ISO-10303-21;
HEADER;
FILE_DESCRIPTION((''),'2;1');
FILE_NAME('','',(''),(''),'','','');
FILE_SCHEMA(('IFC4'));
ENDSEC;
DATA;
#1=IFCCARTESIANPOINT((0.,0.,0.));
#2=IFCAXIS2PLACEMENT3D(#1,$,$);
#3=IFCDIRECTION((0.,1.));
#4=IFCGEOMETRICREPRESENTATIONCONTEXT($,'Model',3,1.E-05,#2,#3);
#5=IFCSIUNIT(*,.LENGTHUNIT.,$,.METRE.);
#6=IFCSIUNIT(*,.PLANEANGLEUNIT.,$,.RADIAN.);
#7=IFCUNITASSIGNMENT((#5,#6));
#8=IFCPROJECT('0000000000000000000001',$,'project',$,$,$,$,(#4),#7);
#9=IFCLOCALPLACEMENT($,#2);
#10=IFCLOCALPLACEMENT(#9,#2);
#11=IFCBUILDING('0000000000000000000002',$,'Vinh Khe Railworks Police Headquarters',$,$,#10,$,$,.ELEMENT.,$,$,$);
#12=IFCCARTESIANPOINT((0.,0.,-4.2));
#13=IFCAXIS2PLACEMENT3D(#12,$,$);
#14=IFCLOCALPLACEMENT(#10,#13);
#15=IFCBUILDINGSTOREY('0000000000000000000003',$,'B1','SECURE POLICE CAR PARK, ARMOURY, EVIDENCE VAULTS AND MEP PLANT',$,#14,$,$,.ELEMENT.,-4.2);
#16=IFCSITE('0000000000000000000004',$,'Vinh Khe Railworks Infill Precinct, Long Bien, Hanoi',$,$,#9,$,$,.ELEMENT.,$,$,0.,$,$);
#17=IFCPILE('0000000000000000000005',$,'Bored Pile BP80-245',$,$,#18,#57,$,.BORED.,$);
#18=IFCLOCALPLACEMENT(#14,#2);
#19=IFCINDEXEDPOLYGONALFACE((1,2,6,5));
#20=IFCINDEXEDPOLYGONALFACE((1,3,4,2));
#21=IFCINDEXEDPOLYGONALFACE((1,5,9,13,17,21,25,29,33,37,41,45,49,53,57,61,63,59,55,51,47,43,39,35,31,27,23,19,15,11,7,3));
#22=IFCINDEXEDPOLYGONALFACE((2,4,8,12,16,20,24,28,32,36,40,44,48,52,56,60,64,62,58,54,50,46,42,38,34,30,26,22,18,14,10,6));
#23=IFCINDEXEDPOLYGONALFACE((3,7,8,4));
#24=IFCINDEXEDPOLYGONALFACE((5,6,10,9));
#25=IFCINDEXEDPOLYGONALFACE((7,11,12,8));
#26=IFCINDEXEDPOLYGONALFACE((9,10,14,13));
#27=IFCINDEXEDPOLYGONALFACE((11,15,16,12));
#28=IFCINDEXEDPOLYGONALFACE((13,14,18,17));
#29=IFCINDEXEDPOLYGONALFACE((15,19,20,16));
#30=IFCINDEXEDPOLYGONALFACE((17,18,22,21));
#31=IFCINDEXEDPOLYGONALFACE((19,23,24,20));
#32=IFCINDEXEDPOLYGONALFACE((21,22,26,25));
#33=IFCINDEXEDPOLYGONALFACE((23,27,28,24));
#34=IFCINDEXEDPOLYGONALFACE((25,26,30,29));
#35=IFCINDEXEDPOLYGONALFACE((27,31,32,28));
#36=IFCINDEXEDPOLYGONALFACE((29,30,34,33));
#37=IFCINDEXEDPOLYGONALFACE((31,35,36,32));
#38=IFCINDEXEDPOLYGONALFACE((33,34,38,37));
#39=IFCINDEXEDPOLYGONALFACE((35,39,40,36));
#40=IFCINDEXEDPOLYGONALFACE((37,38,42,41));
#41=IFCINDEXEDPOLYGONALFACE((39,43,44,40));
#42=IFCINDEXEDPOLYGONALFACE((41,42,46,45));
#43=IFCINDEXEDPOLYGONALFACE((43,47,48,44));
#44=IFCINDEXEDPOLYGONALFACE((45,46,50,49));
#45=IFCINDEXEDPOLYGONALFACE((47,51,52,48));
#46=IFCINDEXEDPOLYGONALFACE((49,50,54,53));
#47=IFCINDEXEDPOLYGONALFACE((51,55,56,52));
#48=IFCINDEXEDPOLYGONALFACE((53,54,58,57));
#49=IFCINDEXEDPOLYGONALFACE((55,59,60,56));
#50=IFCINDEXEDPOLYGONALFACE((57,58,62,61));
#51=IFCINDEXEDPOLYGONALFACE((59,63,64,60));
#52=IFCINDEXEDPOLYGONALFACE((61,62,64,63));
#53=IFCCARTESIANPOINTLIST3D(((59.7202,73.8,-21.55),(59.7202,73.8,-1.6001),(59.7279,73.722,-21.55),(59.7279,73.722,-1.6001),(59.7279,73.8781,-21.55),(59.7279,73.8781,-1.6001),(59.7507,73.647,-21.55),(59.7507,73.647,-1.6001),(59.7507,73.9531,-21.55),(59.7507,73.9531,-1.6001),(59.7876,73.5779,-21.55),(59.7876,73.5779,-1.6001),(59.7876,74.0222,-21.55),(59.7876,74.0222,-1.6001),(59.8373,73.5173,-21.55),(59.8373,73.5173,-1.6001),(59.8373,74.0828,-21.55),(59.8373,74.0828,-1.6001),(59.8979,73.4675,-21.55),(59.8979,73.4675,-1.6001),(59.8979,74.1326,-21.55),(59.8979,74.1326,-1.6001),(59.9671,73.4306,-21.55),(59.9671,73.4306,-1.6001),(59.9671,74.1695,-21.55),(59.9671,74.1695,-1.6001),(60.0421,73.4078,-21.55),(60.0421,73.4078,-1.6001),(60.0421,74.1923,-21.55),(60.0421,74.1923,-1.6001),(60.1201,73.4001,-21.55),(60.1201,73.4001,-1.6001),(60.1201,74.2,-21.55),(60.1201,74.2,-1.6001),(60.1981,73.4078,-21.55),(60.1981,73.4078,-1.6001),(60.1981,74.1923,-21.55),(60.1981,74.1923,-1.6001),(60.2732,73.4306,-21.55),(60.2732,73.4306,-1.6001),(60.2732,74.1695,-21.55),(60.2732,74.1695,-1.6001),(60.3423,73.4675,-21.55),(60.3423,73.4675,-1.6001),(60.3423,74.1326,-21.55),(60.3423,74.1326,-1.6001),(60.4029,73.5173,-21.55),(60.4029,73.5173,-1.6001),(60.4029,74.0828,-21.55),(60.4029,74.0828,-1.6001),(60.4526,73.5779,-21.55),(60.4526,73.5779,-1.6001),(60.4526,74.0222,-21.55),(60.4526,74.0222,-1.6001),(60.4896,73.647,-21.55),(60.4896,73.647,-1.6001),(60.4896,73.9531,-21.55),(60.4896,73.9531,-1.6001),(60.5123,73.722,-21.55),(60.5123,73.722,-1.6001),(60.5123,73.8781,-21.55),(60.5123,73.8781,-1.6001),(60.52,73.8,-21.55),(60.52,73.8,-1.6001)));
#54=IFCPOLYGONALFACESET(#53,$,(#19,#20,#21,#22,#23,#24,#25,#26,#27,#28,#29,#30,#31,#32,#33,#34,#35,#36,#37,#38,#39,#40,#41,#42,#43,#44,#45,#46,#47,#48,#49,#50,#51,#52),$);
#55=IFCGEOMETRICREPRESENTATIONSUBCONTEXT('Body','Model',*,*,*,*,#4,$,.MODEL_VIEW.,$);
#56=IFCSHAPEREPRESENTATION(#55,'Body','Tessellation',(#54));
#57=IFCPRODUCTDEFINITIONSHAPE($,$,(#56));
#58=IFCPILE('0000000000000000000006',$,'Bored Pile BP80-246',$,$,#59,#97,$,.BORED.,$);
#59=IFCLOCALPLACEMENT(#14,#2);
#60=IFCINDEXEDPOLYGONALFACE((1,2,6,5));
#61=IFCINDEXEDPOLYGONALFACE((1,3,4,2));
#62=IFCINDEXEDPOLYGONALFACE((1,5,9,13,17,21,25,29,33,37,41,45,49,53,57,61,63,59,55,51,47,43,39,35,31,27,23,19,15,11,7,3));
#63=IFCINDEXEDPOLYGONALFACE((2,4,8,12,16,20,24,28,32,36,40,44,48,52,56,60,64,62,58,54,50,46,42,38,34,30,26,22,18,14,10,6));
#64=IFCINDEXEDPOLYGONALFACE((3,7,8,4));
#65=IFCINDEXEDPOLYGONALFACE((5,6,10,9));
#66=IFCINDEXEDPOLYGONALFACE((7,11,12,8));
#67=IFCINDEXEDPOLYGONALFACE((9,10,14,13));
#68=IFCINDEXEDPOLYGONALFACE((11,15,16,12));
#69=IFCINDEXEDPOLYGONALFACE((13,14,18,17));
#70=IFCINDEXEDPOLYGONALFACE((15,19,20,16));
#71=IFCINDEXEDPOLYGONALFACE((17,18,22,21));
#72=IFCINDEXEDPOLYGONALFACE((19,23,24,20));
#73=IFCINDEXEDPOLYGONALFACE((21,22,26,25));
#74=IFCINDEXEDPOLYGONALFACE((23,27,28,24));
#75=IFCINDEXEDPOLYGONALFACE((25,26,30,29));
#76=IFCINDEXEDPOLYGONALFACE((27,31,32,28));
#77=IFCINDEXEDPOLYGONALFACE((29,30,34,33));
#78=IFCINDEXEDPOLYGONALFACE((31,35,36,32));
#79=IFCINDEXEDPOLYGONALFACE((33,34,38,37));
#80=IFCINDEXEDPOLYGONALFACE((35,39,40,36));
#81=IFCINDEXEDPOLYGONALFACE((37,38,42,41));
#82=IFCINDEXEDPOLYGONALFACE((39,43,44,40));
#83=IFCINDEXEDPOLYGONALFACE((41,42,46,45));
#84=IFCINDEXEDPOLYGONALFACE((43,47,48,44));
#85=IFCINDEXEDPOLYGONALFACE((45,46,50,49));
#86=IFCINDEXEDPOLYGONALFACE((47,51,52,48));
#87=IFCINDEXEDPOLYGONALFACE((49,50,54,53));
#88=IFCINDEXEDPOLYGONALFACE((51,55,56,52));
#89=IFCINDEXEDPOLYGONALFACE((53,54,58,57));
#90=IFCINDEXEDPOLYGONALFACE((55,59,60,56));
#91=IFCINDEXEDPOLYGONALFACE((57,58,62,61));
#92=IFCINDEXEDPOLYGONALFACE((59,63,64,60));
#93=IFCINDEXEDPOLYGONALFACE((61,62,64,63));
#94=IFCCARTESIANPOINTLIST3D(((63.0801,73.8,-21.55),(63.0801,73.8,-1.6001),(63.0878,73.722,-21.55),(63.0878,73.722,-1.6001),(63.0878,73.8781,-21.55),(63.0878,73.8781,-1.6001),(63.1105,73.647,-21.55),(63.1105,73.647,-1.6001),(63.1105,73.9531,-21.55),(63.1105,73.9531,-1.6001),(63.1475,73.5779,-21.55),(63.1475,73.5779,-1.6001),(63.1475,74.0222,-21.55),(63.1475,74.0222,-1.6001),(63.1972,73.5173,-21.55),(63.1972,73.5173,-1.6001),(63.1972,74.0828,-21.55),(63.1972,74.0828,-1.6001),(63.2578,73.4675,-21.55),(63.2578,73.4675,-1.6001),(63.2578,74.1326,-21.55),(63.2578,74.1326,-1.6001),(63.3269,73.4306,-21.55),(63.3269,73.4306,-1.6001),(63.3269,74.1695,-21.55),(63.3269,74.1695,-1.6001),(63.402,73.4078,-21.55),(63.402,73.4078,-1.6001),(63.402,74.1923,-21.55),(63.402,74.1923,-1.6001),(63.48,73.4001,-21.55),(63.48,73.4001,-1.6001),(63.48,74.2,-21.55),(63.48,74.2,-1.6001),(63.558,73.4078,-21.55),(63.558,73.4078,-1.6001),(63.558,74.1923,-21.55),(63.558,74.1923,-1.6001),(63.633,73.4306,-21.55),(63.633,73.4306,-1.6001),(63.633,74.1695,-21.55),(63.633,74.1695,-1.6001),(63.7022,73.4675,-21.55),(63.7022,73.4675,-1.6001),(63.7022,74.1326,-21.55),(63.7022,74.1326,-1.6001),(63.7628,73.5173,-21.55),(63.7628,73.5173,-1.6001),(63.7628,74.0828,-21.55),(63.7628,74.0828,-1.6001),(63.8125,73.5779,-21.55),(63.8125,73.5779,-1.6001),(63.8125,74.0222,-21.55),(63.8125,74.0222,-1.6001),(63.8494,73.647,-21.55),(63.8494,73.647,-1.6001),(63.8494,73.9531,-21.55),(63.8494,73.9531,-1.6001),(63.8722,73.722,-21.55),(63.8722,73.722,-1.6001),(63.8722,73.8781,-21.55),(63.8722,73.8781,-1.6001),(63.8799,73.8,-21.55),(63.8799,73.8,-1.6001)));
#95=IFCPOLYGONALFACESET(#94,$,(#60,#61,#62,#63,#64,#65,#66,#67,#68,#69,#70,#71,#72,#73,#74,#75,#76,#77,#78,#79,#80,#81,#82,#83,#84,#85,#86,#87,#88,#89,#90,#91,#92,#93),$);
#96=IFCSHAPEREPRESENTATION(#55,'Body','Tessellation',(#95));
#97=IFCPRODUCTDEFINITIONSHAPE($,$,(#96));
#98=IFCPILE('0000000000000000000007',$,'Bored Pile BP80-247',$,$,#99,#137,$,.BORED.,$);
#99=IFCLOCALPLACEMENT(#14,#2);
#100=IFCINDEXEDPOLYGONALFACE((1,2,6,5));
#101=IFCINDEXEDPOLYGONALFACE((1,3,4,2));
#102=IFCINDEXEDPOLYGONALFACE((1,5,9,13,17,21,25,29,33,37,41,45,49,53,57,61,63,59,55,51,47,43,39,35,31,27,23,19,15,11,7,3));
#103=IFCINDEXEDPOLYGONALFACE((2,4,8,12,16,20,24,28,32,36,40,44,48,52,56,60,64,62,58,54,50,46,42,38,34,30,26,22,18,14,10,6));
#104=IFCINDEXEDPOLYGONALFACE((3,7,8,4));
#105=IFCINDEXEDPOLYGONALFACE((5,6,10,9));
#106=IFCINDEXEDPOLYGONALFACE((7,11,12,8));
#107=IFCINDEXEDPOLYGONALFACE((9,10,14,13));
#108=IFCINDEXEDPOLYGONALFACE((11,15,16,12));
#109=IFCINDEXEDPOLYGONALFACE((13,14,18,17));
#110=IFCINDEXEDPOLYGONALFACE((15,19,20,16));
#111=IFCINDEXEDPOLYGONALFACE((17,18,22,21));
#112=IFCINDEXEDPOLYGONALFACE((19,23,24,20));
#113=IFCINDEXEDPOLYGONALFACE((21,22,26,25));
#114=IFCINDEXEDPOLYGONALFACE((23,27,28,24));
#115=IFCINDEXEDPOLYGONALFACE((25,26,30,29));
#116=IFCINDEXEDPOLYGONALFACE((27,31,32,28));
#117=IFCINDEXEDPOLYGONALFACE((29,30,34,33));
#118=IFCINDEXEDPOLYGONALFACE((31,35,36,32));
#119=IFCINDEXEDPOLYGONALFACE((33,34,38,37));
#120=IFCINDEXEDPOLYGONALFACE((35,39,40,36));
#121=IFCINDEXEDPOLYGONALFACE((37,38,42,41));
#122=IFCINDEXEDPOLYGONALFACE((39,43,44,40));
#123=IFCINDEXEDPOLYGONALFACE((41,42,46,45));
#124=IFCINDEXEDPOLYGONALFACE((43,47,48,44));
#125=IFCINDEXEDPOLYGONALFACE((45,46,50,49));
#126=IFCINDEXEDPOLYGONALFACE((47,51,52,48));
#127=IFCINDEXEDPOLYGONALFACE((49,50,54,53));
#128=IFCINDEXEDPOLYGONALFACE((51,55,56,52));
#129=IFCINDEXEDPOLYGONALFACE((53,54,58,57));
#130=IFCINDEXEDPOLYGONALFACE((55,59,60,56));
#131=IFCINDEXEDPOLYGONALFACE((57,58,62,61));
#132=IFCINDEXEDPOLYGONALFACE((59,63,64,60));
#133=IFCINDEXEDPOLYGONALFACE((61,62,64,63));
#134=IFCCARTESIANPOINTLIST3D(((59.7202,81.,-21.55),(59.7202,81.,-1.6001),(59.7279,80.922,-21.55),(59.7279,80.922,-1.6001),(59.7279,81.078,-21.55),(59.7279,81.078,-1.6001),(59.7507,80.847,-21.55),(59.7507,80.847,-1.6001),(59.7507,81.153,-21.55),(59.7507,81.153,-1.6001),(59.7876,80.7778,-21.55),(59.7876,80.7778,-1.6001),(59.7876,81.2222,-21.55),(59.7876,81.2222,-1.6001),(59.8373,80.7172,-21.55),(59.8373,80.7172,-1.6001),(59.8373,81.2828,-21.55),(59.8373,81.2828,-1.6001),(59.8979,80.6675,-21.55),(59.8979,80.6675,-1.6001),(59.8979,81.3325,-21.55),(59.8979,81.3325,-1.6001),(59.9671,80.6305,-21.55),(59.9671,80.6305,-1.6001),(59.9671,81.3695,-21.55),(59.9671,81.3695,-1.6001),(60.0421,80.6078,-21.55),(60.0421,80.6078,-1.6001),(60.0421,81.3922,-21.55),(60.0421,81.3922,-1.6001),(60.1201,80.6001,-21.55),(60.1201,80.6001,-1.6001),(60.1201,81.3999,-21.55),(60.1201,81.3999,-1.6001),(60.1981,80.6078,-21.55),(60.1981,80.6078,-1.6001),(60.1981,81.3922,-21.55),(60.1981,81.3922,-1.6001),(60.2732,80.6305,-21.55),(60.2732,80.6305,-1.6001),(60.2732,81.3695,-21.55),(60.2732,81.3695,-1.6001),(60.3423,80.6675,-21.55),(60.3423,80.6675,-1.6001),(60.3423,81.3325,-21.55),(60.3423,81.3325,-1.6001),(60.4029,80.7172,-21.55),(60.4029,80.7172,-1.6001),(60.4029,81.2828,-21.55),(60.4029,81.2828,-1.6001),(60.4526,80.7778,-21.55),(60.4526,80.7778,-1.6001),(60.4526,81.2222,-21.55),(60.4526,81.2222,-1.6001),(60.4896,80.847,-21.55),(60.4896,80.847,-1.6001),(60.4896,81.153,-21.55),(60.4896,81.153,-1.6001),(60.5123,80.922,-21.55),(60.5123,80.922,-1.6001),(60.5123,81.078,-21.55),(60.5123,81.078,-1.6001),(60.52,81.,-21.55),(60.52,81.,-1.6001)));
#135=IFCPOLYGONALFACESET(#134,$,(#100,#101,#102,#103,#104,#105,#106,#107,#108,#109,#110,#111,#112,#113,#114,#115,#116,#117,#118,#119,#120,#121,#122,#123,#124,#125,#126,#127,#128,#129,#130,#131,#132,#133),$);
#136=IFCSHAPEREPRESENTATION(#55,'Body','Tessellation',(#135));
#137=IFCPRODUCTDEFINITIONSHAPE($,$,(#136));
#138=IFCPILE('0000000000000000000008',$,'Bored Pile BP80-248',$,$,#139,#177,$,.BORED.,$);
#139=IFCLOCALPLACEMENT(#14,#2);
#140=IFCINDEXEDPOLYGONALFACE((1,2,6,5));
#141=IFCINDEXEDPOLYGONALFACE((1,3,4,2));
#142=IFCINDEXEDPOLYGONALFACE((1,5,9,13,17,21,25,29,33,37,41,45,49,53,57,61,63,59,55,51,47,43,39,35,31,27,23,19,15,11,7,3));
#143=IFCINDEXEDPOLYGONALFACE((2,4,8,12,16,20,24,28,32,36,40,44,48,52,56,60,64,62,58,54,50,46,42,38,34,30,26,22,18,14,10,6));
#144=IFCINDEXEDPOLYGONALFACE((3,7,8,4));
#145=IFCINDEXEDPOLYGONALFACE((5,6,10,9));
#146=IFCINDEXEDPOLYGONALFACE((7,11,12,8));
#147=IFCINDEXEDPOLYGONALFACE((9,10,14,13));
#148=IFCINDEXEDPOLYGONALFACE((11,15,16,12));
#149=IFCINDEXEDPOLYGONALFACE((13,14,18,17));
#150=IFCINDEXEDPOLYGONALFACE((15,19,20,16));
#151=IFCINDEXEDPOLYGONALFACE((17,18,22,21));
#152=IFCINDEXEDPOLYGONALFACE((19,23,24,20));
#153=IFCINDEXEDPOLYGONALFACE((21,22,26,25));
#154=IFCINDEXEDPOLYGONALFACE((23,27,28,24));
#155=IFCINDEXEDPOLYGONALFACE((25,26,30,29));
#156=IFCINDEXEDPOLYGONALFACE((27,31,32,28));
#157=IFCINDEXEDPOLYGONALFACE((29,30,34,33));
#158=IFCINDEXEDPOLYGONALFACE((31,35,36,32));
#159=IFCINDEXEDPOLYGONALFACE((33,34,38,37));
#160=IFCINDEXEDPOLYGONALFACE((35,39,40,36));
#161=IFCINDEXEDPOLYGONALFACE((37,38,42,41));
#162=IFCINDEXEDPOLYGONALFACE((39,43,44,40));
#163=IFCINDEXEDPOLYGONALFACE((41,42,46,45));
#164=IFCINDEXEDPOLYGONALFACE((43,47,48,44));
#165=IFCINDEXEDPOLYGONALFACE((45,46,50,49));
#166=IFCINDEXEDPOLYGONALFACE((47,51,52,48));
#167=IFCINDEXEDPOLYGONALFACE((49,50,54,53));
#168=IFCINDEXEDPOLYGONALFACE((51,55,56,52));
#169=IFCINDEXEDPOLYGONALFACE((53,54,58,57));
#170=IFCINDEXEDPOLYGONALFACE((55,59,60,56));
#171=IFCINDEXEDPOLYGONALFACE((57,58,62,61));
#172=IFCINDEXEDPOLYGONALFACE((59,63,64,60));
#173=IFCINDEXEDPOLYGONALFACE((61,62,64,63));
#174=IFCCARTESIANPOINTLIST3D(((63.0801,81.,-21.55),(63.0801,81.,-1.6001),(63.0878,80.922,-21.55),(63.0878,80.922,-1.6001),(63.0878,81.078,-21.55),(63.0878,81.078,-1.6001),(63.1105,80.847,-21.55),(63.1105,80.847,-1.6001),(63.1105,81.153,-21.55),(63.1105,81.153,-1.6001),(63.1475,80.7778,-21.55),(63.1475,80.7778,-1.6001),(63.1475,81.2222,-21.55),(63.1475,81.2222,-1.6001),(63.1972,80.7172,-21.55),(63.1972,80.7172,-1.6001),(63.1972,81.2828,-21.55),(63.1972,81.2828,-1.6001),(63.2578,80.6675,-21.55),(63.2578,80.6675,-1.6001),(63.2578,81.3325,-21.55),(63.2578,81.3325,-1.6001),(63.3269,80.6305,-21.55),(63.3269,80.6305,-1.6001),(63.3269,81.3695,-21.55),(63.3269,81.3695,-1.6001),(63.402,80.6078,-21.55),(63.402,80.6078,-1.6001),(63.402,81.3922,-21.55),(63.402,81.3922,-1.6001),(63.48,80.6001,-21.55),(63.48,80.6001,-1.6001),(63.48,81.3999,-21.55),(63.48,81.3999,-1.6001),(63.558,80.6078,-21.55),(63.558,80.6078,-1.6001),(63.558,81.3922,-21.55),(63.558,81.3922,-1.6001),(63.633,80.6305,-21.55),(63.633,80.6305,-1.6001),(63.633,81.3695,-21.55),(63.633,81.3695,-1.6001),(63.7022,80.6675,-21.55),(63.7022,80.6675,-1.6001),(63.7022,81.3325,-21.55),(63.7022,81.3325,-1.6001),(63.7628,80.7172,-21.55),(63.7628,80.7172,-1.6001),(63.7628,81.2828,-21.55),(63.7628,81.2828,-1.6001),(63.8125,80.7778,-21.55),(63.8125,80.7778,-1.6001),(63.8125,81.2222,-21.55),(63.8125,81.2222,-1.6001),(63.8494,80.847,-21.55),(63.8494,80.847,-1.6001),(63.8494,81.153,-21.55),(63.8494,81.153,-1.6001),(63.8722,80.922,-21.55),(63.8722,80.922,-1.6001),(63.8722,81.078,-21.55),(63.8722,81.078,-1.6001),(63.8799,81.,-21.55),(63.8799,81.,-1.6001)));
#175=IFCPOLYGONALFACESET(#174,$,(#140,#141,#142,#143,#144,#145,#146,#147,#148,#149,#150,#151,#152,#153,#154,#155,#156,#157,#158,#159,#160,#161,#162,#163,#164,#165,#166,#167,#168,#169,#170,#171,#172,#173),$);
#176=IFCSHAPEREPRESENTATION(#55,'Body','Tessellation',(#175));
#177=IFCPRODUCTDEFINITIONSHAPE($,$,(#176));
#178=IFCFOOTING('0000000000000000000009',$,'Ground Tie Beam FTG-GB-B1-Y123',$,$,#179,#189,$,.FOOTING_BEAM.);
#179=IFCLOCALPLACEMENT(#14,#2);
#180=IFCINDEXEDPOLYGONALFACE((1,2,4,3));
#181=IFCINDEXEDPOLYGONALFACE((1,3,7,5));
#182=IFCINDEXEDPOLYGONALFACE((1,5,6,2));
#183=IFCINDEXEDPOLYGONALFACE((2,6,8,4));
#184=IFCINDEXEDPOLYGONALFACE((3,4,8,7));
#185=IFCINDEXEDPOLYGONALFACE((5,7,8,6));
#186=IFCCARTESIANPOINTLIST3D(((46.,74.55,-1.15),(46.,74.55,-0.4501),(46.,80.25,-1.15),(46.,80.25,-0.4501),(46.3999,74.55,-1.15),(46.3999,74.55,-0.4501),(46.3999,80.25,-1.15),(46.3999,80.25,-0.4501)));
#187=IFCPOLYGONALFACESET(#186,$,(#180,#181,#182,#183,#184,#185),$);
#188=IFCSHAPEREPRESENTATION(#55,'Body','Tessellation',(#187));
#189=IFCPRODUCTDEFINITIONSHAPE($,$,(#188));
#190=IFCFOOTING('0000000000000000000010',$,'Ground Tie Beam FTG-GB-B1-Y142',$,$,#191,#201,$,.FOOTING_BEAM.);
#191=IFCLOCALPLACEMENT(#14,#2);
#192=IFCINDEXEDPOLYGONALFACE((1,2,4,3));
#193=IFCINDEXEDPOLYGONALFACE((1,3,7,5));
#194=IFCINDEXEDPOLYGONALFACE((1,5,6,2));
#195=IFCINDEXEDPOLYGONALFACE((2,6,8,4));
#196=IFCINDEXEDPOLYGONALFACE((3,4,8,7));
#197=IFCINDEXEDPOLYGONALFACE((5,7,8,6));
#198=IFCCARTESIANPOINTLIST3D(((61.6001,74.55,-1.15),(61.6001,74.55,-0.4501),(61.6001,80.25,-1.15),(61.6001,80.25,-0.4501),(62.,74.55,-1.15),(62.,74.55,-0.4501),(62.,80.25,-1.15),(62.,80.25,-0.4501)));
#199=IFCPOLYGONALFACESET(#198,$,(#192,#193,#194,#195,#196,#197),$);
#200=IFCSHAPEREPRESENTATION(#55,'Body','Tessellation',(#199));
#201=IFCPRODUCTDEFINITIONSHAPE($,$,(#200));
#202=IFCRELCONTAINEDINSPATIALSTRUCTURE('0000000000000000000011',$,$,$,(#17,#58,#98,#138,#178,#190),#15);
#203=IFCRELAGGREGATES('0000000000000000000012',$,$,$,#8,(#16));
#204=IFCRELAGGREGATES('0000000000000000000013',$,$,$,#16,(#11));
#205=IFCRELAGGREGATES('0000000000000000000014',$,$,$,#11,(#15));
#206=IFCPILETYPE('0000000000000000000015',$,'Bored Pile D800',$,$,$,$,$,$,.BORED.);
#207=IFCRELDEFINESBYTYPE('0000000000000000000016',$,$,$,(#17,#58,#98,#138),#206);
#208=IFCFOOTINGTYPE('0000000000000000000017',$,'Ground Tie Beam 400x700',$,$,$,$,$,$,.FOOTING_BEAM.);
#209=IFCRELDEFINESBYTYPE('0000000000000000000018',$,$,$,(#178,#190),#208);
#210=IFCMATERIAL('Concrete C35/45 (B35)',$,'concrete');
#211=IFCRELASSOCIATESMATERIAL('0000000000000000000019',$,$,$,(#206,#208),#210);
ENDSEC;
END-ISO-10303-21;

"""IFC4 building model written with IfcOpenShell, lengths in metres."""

from ifc_helpers import new_model, si_unit, direction, frame, origin, origin_2d, place, context, subcontext, project, spatial, rectangle, circle, extrude, material, material_profile, profile_set, type_object, element, save


model = new_model("IFC4")

# Units and contexts
model_context = context("Model", 3, precision=1e-05, world=origin(), true_north=direction((0.0, 1.0)))
body_context = subcontext(model_context, "Body", "Model", "MODEL_VIEW")
ifc_project = project(units=[si_unit("LENGTHUNIT", "METRE"), si_unit("PLANEANGLEUNIT", "RADIAN")], contexts=[model_context])

# Site, building, storey
site_placement = place(None, origin())
site = spatial("IfcSite", under=ifc_project, at=site_placement, Name="Vinh Khe Railworks Infill Precinct, Long Bien, Hanoi", CompositionType="ELEMENT", RefElevation=0.0)
building_placement = place(site_placement, origin())
building = spatial("IfcBuilding", under=site, at=building_placement, Name="Vinh Khe Railworks Police Headquarters", CompositionType="ELEMENT")
storey_placement = place(building_placement, frame((0.0, 0.0, -4.2)))
storey = spatial("IfcBuildingStorey", under=building, at=storey_placement, Name="B1", Description="SECURE POLICE CAR PARK, ARMOURY, EVIDENCE VAULTS AND MEP PLANT", CompositionType="ELEMENT", Elevation=-4.2)

# Piles
ifc_material_1 = material(Name="Concrete C35/45 (B35)", Category="concrete")
ifc_material_profile_1 = material_profile(ifc_material_1, circle(Radius=0.3999, at=origin_2d()), Name="BORED PILE D800")
ifc_profile_set_1 = profile_set([ifc_material_profile_1], Name="Concrete C35/45 (B35)")
pile_type_1 = type_object("IfcPileType", Name="Bored Pile D800", PredefinedType="BORED", material=ifc_profile_set_1)
for number, where, z_axis, x_axis, name in (
    (1, (60.1201, 73.8, -1.6001), (0.0, 0.0, -1.0), (1.0, 0.0, 0.0), "Bored Pile BP80-245"),
    (2, (63.48, 73.8, -1.6001), (0.0, 0.0, -1.0), (1.0, 0.0, 0.0), "Bored Pile BP80-246"),
    (3, (60.1201, 81.0, -1.6001), (0.0, 0.0, -1.0), (1.0, 0.0, 0.0), "Bored Pile BP80-247"),
    (4, (63.48, 81.0, -1.6001), (0.0, 0.0, -1.0), (1.0, 0.0, 0.0), "Bored Pile BP80-248"),
):
    element("IfcPile", number, at=place(storey_placement, frame(where, z_axis=z_axis, x_axis=x_axis)), inside=storey, type_object=pile_type_1, Name=name, PredefinedType="BORED", context=body_context, shape_type="SweptSolid", body=[
        extrude(circle(Radius=0.3999, at=origin_2d()), origin(), (0.0, 0.0, 1.0), 19.95),
    ])

# Footings
ifc_material_profile_2 = material_profile(ifc_material_1, rectangle(XDim=0.3999, YDim=0.7, at=origin_2d()), Name="RC 400x700")
ifc_profile_set_2 = profile_set([ifc_material_profile_2], Name="Concrete C35/45 (B35)")
footing_type_1 = type_object("IfcFootingType", Name="Ground Tie Beam 400x700", PredefinedType="FOOTING_BEAM", material=ifc_profile_set_2)
for number, where, z_axis, x_axis, name in (
    (5, (46.2, 74.55, -0.8), (0.0, 1.0, 0.0), (-1.0, 0.0, 0.0), "Ground Tie Beam FTG-GB-B1-Y123"),
    (6, (61.8, 74.55, -0.8), (0.0, 1.0, 0.0), (-1.0, 0.0, 0.0), "Ground Tie Beam FTG-GB-B1-Y142"),
):
    element("IfcFooting", number, at=place(storey_placement, frame(where, z_axis=z_axis, x_axis=x_axis)), inside=storey, type_object=footing_type_1, Name=name, PredefinedType="FOOTING_BEAM", context=body_context, shape_type="SweptSolid", body=[
        extrude(rectangle(XDim=0.3999, YDim=0.7, at=origin_2d()), origin(), (0.0, 0.0, 1.0), 5.7),
    ])

save(model, "model.ifc")
